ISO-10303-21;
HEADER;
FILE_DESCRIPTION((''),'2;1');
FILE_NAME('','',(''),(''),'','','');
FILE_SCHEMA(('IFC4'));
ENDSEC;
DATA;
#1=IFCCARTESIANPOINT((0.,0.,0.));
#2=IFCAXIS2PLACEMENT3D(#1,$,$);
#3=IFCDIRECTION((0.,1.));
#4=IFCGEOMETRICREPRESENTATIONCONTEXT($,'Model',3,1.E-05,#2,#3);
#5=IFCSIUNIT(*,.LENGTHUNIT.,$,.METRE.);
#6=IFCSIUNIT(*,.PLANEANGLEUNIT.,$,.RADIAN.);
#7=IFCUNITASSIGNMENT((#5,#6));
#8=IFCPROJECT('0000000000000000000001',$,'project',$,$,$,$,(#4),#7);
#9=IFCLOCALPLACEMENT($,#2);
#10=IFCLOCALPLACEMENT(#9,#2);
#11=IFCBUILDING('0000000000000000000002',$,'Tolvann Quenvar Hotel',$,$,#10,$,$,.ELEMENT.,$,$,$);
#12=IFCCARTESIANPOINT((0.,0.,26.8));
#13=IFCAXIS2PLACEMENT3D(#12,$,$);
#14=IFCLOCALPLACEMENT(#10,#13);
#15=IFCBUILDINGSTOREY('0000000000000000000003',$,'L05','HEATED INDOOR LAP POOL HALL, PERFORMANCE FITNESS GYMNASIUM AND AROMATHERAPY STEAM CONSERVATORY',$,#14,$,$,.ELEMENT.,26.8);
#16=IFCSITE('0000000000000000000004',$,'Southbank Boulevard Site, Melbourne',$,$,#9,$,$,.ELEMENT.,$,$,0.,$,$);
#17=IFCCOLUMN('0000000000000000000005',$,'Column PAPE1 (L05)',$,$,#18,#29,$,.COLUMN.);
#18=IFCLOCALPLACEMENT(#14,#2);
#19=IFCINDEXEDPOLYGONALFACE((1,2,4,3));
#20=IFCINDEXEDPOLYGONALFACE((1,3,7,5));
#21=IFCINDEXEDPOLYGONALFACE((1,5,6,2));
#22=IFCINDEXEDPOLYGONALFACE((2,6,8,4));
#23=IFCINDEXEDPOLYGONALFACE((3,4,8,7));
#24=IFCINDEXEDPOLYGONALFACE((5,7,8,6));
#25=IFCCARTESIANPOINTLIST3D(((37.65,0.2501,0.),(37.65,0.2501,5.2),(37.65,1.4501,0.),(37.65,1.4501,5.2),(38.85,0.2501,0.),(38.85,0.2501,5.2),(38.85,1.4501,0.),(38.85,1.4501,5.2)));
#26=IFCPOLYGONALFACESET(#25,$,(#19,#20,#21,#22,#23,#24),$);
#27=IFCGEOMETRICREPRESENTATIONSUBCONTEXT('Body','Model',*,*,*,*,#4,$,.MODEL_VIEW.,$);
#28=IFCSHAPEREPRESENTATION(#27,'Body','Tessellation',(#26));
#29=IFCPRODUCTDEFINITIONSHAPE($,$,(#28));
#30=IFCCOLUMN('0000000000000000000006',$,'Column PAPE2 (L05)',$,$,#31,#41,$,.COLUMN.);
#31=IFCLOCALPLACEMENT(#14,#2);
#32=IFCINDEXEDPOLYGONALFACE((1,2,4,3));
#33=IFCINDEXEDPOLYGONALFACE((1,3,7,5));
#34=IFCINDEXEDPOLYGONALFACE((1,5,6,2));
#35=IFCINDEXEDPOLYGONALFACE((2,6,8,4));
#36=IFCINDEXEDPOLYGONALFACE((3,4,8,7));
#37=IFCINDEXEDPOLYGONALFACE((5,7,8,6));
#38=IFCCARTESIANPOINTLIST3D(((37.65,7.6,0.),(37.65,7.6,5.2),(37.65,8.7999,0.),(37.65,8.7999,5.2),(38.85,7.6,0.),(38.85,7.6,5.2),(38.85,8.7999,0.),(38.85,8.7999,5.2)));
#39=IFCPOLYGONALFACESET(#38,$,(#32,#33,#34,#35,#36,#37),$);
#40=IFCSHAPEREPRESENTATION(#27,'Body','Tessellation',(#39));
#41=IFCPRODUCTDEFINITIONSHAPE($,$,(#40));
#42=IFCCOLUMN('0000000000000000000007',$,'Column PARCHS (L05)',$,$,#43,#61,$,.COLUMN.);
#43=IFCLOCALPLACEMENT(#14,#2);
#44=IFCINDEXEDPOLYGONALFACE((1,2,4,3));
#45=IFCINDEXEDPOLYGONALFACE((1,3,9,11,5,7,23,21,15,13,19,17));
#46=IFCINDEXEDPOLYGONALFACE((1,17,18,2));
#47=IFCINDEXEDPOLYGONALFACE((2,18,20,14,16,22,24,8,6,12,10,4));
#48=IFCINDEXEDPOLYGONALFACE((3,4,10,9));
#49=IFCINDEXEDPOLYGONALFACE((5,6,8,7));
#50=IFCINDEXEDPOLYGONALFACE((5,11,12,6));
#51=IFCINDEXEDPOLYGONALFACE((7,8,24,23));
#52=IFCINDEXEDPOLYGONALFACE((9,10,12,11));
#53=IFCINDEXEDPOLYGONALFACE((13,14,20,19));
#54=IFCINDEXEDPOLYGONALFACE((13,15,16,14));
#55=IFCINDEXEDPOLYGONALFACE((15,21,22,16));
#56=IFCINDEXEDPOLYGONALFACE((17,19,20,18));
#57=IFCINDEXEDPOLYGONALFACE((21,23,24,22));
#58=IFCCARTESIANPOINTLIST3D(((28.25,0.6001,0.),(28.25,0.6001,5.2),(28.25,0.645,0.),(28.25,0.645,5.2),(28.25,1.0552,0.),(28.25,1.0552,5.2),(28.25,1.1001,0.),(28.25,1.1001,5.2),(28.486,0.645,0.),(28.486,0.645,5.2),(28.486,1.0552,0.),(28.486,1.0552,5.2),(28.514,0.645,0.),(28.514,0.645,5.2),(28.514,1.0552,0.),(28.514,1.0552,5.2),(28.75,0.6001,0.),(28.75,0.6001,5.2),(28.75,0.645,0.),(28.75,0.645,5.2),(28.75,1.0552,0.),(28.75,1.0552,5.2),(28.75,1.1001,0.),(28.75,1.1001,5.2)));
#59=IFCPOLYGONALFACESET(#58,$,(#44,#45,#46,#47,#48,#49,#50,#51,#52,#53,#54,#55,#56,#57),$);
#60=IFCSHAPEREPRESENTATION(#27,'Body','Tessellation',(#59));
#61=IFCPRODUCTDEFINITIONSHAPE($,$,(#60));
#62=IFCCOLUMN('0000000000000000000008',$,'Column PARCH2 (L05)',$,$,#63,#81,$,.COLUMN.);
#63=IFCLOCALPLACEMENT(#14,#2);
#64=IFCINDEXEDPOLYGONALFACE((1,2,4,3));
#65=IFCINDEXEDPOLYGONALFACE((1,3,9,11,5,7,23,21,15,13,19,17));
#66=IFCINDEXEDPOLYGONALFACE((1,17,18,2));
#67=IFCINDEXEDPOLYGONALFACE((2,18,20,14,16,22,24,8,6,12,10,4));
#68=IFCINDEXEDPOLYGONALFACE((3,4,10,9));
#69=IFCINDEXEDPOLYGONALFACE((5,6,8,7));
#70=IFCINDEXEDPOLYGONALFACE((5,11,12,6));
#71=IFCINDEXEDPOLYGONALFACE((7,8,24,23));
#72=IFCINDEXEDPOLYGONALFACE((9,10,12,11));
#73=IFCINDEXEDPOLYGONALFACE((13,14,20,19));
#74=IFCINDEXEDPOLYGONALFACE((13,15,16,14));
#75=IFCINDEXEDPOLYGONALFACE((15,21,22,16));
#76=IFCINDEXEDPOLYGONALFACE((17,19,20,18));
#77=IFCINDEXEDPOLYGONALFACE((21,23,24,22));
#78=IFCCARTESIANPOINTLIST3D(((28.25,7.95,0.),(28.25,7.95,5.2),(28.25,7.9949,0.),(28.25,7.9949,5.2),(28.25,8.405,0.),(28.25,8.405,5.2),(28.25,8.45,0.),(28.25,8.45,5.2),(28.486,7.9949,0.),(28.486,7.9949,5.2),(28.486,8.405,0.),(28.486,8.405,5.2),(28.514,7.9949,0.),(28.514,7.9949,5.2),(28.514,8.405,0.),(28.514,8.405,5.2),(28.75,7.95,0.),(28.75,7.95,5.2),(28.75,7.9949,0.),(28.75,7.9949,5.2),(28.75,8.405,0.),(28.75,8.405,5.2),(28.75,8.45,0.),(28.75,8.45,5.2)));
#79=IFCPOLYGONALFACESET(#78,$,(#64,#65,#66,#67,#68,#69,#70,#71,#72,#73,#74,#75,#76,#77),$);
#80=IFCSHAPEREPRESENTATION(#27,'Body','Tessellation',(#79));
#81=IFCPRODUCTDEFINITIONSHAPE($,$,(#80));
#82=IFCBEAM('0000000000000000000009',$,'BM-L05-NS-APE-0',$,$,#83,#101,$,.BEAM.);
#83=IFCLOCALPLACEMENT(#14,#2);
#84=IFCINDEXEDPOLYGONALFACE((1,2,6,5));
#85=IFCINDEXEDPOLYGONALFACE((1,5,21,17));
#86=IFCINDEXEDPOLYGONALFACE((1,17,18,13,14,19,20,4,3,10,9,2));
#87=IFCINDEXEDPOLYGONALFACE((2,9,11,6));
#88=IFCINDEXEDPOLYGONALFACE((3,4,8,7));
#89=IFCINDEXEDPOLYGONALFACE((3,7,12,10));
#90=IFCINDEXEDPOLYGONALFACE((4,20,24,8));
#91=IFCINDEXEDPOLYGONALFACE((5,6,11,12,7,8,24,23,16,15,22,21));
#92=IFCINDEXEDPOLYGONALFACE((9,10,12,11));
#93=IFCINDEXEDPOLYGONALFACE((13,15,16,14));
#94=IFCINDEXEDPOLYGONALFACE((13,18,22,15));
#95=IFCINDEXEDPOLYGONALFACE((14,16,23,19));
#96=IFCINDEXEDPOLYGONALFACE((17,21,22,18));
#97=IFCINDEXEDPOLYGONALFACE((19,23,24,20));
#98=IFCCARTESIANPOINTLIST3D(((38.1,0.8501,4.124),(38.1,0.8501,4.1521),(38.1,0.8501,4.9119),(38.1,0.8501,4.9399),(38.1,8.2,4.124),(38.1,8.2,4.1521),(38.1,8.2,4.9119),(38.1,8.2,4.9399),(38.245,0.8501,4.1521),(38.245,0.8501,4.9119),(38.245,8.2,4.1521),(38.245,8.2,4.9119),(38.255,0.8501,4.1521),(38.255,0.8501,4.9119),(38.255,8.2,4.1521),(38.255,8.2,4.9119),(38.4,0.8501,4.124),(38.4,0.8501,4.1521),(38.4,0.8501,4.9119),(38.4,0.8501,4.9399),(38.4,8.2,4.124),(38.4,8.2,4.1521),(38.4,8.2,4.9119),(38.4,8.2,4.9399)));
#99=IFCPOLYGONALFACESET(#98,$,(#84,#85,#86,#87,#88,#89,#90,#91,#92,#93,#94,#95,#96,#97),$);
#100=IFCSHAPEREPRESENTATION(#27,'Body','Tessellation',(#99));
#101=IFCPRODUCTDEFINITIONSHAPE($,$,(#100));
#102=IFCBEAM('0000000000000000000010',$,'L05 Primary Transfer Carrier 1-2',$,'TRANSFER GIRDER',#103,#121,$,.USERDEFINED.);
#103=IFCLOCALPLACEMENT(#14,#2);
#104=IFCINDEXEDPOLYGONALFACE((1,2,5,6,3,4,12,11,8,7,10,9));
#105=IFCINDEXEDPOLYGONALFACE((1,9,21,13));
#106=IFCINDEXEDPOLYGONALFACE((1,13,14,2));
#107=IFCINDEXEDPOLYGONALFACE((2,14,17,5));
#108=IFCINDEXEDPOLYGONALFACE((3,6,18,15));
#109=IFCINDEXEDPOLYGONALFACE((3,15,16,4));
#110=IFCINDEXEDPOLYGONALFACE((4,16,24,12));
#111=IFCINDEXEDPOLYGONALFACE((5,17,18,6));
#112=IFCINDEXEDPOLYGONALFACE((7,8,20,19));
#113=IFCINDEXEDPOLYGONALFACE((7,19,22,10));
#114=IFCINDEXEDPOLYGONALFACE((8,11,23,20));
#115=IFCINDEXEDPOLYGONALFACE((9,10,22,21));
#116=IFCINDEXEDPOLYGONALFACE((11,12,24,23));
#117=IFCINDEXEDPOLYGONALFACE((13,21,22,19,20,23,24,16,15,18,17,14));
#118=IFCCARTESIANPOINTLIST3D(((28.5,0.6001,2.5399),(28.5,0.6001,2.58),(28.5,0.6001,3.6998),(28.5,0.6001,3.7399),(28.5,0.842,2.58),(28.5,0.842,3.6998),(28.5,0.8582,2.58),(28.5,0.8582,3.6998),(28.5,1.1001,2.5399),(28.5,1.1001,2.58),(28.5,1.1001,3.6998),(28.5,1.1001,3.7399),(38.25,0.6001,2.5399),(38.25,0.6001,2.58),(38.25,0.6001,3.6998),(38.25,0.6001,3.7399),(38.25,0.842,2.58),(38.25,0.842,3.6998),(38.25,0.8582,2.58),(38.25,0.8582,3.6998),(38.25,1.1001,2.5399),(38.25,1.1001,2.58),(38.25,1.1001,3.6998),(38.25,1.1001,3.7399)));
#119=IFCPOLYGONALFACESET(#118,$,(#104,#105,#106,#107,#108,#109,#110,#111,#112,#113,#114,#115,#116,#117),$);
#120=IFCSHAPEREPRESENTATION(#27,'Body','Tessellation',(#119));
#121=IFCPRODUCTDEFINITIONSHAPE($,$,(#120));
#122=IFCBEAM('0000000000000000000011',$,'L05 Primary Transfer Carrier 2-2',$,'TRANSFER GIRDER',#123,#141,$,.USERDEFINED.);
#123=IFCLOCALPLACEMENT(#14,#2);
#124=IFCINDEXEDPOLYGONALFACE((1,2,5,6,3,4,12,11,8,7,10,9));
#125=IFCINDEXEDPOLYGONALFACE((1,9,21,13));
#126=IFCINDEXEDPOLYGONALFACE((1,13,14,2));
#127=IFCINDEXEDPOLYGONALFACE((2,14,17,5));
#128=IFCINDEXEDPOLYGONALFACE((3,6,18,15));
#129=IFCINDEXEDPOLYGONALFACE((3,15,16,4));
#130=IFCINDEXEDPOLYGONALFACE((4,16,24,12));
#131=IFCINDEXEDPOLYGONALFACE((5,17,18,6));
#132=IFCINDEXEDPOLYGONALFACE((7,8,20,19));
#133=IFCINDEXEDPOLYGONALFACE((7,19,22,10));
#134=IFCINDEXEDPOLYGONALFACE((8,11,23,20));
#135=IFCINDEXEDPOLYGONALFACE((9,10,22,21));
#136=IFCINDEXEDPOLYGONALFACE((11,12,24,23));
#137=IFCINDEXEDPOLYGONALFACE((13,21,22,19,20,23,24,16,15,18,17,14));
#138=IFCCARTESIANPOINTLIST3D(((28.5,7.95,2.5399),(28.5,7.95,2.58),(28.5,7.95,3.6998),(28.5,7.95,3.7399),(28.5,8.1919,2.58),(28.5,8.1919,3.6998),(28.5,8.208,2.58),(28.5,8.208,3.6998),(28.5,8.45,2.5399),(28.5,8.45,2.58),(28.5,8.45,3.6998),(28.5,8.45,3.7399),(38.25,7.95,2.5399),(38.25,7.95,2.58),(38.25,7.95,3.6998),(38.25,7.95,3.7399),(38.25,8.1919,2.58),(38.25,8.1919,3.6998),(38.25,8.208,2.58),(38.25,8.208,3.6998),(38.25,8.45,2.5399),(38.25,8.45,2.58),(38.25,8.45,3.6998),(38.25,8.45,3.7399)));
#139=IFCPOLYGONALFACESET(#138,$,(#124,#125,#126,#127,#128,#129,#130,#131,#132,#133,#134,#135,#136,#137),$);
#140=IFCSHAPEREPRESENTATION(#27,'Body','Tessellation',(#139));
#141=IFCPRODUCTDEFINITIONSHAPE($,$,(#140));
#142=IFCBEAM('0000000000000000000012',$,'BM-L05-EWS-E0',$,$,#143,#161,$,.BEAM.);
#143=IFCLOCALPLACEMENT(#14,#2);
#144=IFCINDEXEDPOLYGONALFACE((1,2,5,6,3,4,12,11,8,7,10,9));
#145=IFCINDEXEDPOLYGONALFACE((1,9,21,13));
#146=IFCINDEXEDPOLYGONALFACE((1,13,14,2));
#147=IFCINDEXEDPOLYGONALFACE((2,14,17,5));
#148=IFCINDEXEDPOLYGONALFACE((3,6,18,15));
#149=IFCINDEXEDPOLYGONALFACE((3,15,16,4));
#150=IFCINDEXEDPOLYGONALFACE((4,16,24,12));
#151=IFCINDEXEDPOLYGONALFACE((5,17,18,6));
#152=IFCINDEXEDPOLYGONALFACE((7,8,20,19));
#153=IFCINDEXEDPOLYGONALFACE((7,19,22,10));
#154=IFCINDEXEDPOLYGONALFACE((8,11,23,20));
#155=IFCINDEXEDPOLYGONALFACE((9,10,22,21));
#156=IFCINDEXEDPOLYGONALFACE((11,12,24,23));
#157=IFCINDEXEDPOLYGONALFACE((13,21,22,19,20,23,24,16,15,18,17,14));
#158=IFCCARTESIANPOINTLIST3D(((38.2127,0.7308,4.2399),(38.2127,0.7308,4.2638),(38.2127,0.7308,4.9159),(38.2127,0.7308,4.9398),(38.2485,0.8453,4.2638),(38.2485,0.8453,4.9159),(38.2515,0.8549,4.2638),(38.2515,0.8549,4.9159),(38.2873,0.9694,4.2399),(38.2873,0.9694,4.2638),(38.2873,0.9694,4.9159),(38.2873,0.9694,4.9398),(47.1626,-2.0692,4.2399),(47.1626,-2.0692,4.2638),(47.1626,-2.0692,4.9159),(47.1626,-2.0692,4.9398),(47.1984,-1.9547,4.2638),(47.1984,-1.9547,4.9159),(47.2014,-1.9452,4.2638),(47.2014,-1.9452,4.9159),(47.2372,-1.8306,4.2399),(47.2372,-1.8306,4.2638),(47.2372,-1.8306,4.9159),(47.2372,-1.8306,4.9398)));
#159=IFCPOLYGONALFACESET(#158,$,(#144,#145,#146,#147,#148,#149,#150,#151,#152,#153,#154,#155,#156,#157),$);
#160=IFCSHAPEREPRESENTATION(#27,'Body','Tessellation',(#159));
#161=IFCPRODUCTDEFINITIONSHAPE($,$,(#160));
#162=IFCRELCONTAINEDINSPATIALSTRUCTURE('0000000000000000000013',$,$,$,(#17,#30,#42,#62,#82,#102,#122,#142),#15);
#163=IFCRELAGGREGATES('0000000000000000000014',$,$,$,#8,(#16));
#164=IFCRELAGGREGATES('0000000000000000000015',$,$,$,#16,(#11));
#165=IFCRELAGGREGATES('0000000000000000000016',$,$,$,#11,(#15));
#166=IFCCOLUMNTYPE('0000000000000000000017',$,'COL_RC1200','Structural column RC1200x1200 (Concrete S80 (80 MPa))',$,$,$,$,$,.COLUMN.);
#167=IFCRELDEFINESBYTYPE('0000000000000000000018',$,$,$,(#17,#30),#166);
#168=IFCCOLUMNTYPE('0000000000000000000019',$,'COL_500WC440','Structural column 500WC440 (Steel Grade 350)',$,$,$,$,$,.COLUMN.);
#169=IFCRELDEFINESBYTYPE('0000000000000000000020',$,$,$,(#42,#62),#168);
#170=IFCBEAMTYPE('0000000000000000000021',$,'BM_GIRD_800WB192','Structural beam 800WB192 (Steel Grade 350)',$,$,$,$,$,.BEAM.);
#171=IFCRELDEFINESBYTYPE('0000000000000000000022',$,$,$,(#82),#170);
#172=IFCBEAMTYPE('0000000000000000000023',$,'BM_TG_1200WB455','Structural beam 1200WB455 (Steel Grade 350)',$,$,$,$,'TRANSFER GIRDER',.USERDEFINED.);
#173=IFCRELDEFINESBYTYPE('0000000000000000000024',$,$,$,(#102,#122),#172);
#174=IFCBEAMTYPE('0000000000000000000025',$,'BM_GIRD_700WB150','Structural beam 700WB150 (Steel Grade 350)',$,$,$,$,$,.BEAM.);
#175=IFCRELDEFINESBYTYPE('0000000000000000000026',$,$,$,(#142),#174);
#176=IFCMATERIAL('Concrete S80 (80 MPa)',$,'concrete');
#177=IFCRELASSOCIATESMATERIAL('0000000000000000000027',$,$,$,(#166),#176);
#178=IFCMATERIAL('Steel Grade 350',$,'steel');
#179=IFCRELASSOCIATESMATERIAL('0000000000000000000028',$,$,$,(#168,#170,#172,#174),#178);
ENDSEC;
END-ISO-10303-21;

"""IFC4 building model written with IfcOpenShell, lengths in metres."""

from ifc_helpers import new_model, si_unit, direction, frame, origin, origin_2d, place, context, subcontext, project, spatial, rectangle, i_section, extrude, source, transform, mapped, material, material_profile, profile_set, type_object, type_shapes, element, save


model = new_model("IFC4")

# Units and contexts
model_context = context("Model", 3, precision=1e-05, world=origin(), true_north=direction((0.0, 1.0)))
body_context = subcontext(model_context, "Body", "Model", "MODEL_VIEW")
ifc_project = project(units=[si_unit("LENGTHUNIT", "METRE"), si_unit("PLANEANGLEUNIT", "RADIAN")], contexts=[model_context])

# Site, building, storey
site_placement = place(None, origin())
site = spatial("IfcSite", under=ifc_project, at=site_placement, Name="Southbank Boulevard Site, Melbourne", CompositionType="ELEMENT", RefElevation=0.0)
building_placement = place(site_placement, origin())
building = spatial("IfcBuilding", under=site, at=building_placement, Name="Tolvann Quenvar Hotel", CompositionType="ELEMENT")
storey_placement = place(building_placement, frame((0.0, 0.0, 26.8)))
storey = spatial("IfcBuildingStorey", under=building, at=storey_placement, Name="L05", Description="HEATED INDOOR LAP POOL HALL, PERFORMANCE FITNESS GYMNASIUM AND AROMATHERAPY STEAM CONSERVATORY", CompositionType="ELEMENT", Elevation=26.8)

# Columns
ifc_material_1 = material(Name="Concrete S80 (80 MPa)", Category="concrete")
ifc_material_profile_1 = material_profile(ifc_material_1, rectangle(XDim=1.2, YDim=1.2, at=origin_2d()), Name="RC1200x1200")
ifc_profile_set_1 = profile_set([ifc_material_profile_1], Name="Concrete S80 (80 MPa)")
column_type_1 = type_object("IfcColumnType", Name="COL_RC1200", Description="Structural column RC1200x1200 (Concrete S80 (80 MPa))", PredefinedType="COLUMN", material=ifc_profile_set_1)
shared_shape_1 = source(origin(), body_context, "Body", "SweptSolid", [
    extrude(rectangle(XDim=1.2, YDim=1.2, at=origin_2d()), origin(), (0.0, 0.0, 1.0), 5.2),
])
type_shapes(column_type_1, [shared_shape_1])
for number, where, z_axis, x_axis, name in (
    (1, (38.25, 0.8501, 0.0), (0.0, 0.0, 1.0), (1.0, 0.0, 0.0), "Column PAPE1 (L05)"),
    (2, (38.25, 8.2, 0.0), (0.0, 0.0, 1.0), (1.0, 0.0, 0.0), "Column PAPE2 (L05)"),
):
    element("IfcColumn", number, at=place(storey_placement, frame(where, z_axis=z_axis, x_axis=x_axis)), inside=storey, type_object=column_type_1, Name=name, PredefinedType="COLUMN", context=body_context, shape_type="MappedRepresentation", body=[
        mapped(shared_shape_1, transform((0.0, 0.0, 0.0), x_axis=(1.0, 0.0, 0.0), y_axis=(0.0, 1.0, 0.0), z_axis=(0.0, 0.0, 1.0), scale=1.0)),
    ])
ifc_material_2 = material(Name="Steel Grade 350", Category="steel")
ifc_material_profile_2 = material_profile(ifc_material_2, i_section(OverallWidth=0.5, OverallDepth=0.5, WebThickness=0.0281, FlangeThickness=0.0449, at=origin_2d()), Name="500WC440")
ifc_profile_set_2 = profile_set([ifc_material_profile_2], Name="Steel Grade 350")
column_type_2 = type_object("IfcColumnType", Name="COL_500WC440", Description="Structural column 500WC440 (Steel Grade 350)", PredefinedType="COLUMN", material=ifc_profile_set_2)
shared_shape_2 = source(origin(), body_context, "Body", "SweptSolid", [
    extrude(i_section(OverallWidth=0.5, OverallDepth=0.5, WebThickness=0.0281, FlangeThickness=0.0449, at=origin_2d()), origin(), (0.0, 0.0, 1.0), 5.2),
])
type_shapes(column_type_2, [shared_shape_2])
for number, where, z_axis, x_axis, name in (
    (3, (28.5, 0.8501, 0.0), (0.0, 0.0, 1.0), (1.0, 0.0, 0.0), "Column PARCHS (L05)"),
    (4, (28.5, 8.2, 0.0), (0.0, 0.0, 1.0), (1.0, 0.0, 0.0), "Column PARCH2 (L05)"),
):
    element("IfcColumn", number, at=place(storey_placement, frame(where, z_axis=z_axis, x_axis=x_axis)), inside=storey, type_object=column_type_2, Name=name, PredefinedType="COLUMN", context=body_context, shape_type="MappedRepresentation", body=[
        mapped(shared_shape_2, transform((0.0, 0.0, 0.0), x_axis=(1.0, 0.0, 0.0), y_axis=(0.0, 1.0, 0.0), z_axis=(0.0, 0.0, 1.0), scale=1.0)),
    ])

# Beams
ifc_material_profile_3 = material_profile(ifc_material_2, i_section(OverallWidth=0.3, OverallDepth=0.8159, WebThickness=0.01, FlangeThickness=0.0281, at=origin_2d()), Name="800WB192")
ifc_profile_set_3 = profile_set([ifc_material_profile_3], Name="Steel Grade 350")
beam_type_1 = type_object("IfcBeamType", Name="BM_GIRD_800WB192", Description="Structural beam 800WB192 (Steel Grade 350)", PredefinedType="BEAM", material=ifc_profile_set_3)
shared_shape_3 = source(origin(), body_context, "Body", "SweptSolid", [
    extrude(i_section(OverallWidth=0.3, OverallDepth=0.8159, WebThickness=0.01, FlangeThickness=0.0281, at=origin_2d()), origin(), (0.0, 0.0, 1.0), 7.3499),
])
type_shapes(beam_type_1, [shared_shape_3])
beam_1_placement = place(storey_placement, frame((38.25, 0.8501, 4.532), z_axis=(0.0, 1.0, 0.0), x_axis=(-1.0, 0.0, 0.0)))
element("IfcBeam", 5, at=beam_1_placement, inside=storey, type_object=beam_type_1, Name="BM-L05-NS-APE-0", PredefinedType="BEAM", context=body_context, shape_type="MappedRepresentation", body=[
    mapped(shared_shape_3, transform((0.0, 0.0, 0.0), x_axis=(1.0, 0.0, 0.0), y_axis=(0.0, 1.0, 0.0), z_axis=(0.0, 0.0, 1.0), scale=1.0)),
])
ifc_material_profile_4 = material_profile(ifc_material_2, i_section(OverallWidth=0.5, OverallDepth=1.2, WebThickness=0.0161, FlangeThickness=0.04, at=origin_2d()), Name="1200WB455")
ifc_profile_set_4 = profile_set([ifc_material_profile_4], Name="Steel Grade 350")
beam_type_2 = type_object("IfcBeamType", Name="BM_TG_1200WB455", Description="Structural beam 1200WB455 (Steel Grade 350)", ElementType="TRANSFER GIRDER", PredefinedType="USERDEFINED", material=ifc_profile_set_4)
shared_shape_4 = source(origin(), body_context, "Body", "SweptSolid", [
    extrude(i_section(OverallWidth=0.5, OverallDepth=1.2, WebThickness=0.0161, FlangeThickness=0.04, at=origin_2d()), origin(), (0.0, 0.0, 1.0), 9.75),
])
for number, where, z_axis, x_axis, name in (
    (6, (28.5, 0.8501, 3.1399), (1.0, 0.0, 0.0), (0.0, 1.0, 0.0), "L05 Primary Transfer Carrier 1-2"),
    (7, (28.5, 8.2, 3.1399), (1.0, 0.0, 0.0), (0.0, 1.0, 0.0), "L05 Primary Transfer Carrier 2-2"),
):
    element("IfcBeam", number, at=place(storey_placement, frame(where, z_axis=z_axis, x_axis=x_axis)), inside=storey, type_object=beam_type_2, Name=name, ObjectType="TRANSFER GIRDER", PredefinedType="USERDEFINED", context=body_context, shape_type="MappedRepresentation", body=[
        mapped(shared_shape_4, transform((0.0, 0.0, 0.0), x_axis=(1.0, 0.0, 0.0), y_axis=(0.0, 1.0, 0.0), z_axis=(0.0, 0.0, 1.0), scale=1.0)),
    ])
ifc_material_profile_5 = material_profile(ifc_material_2, i_section(OverallWidth=0.25, OverallDepth=0.7, WebThickness=0.01, FlangeThickness=0.0239, at=origin_2d()), Name="700WB150")
ifc_profile_set_5 = profile_set([ifc_material_profile_5], Name="Steel Grade 350")
beam_type_3 = type_object("IfcBeamType", Name="BM_GIRD_700WB150", Description="Structural beam 700WB150 (Steel Grade 350)", PredefinedType="BEAM", material=ifc_profile_set_5)
shared_shape_5 = source(origin(), body_context, "Body", "SweptSolid", [
    extrude(i_section(OverallWidth=0.25, OverallDepth=0.7, WebThickness=0.01, FlangeThickness=0.0239, at=origin_2d()), origin(), (0.0, 0.0, 1.0), 9.3777),
])
type_shapes(beam_type_3, [shared_shape_5])
beam_2_placement = place(storey_placement, frame((38.25, 0.8501, 4.5898), z_axis=(0.954383, -0.298585, 0.0), x_axis=(0.298585, 0.954383, 0.0)))
element("IfcBeam", 8, at=beam_2_placement, inside=storey, type_object=beam_type_3, Name="BM-L05-EWS-E0", PredefinedType="BEAM", context=body_context, shape_type="MappedRepresentation", body=[
    mapped(shared_shape_5, transform((0.0, 0.0, 0.0), x_axis=(1.0, 0.0, 0.0), y_axis=(0.0, 1.0, 0.0), z_axis=(0.0, 0.0, 1.0), scale=1.0)),
])

save(model, "model.ifc")
